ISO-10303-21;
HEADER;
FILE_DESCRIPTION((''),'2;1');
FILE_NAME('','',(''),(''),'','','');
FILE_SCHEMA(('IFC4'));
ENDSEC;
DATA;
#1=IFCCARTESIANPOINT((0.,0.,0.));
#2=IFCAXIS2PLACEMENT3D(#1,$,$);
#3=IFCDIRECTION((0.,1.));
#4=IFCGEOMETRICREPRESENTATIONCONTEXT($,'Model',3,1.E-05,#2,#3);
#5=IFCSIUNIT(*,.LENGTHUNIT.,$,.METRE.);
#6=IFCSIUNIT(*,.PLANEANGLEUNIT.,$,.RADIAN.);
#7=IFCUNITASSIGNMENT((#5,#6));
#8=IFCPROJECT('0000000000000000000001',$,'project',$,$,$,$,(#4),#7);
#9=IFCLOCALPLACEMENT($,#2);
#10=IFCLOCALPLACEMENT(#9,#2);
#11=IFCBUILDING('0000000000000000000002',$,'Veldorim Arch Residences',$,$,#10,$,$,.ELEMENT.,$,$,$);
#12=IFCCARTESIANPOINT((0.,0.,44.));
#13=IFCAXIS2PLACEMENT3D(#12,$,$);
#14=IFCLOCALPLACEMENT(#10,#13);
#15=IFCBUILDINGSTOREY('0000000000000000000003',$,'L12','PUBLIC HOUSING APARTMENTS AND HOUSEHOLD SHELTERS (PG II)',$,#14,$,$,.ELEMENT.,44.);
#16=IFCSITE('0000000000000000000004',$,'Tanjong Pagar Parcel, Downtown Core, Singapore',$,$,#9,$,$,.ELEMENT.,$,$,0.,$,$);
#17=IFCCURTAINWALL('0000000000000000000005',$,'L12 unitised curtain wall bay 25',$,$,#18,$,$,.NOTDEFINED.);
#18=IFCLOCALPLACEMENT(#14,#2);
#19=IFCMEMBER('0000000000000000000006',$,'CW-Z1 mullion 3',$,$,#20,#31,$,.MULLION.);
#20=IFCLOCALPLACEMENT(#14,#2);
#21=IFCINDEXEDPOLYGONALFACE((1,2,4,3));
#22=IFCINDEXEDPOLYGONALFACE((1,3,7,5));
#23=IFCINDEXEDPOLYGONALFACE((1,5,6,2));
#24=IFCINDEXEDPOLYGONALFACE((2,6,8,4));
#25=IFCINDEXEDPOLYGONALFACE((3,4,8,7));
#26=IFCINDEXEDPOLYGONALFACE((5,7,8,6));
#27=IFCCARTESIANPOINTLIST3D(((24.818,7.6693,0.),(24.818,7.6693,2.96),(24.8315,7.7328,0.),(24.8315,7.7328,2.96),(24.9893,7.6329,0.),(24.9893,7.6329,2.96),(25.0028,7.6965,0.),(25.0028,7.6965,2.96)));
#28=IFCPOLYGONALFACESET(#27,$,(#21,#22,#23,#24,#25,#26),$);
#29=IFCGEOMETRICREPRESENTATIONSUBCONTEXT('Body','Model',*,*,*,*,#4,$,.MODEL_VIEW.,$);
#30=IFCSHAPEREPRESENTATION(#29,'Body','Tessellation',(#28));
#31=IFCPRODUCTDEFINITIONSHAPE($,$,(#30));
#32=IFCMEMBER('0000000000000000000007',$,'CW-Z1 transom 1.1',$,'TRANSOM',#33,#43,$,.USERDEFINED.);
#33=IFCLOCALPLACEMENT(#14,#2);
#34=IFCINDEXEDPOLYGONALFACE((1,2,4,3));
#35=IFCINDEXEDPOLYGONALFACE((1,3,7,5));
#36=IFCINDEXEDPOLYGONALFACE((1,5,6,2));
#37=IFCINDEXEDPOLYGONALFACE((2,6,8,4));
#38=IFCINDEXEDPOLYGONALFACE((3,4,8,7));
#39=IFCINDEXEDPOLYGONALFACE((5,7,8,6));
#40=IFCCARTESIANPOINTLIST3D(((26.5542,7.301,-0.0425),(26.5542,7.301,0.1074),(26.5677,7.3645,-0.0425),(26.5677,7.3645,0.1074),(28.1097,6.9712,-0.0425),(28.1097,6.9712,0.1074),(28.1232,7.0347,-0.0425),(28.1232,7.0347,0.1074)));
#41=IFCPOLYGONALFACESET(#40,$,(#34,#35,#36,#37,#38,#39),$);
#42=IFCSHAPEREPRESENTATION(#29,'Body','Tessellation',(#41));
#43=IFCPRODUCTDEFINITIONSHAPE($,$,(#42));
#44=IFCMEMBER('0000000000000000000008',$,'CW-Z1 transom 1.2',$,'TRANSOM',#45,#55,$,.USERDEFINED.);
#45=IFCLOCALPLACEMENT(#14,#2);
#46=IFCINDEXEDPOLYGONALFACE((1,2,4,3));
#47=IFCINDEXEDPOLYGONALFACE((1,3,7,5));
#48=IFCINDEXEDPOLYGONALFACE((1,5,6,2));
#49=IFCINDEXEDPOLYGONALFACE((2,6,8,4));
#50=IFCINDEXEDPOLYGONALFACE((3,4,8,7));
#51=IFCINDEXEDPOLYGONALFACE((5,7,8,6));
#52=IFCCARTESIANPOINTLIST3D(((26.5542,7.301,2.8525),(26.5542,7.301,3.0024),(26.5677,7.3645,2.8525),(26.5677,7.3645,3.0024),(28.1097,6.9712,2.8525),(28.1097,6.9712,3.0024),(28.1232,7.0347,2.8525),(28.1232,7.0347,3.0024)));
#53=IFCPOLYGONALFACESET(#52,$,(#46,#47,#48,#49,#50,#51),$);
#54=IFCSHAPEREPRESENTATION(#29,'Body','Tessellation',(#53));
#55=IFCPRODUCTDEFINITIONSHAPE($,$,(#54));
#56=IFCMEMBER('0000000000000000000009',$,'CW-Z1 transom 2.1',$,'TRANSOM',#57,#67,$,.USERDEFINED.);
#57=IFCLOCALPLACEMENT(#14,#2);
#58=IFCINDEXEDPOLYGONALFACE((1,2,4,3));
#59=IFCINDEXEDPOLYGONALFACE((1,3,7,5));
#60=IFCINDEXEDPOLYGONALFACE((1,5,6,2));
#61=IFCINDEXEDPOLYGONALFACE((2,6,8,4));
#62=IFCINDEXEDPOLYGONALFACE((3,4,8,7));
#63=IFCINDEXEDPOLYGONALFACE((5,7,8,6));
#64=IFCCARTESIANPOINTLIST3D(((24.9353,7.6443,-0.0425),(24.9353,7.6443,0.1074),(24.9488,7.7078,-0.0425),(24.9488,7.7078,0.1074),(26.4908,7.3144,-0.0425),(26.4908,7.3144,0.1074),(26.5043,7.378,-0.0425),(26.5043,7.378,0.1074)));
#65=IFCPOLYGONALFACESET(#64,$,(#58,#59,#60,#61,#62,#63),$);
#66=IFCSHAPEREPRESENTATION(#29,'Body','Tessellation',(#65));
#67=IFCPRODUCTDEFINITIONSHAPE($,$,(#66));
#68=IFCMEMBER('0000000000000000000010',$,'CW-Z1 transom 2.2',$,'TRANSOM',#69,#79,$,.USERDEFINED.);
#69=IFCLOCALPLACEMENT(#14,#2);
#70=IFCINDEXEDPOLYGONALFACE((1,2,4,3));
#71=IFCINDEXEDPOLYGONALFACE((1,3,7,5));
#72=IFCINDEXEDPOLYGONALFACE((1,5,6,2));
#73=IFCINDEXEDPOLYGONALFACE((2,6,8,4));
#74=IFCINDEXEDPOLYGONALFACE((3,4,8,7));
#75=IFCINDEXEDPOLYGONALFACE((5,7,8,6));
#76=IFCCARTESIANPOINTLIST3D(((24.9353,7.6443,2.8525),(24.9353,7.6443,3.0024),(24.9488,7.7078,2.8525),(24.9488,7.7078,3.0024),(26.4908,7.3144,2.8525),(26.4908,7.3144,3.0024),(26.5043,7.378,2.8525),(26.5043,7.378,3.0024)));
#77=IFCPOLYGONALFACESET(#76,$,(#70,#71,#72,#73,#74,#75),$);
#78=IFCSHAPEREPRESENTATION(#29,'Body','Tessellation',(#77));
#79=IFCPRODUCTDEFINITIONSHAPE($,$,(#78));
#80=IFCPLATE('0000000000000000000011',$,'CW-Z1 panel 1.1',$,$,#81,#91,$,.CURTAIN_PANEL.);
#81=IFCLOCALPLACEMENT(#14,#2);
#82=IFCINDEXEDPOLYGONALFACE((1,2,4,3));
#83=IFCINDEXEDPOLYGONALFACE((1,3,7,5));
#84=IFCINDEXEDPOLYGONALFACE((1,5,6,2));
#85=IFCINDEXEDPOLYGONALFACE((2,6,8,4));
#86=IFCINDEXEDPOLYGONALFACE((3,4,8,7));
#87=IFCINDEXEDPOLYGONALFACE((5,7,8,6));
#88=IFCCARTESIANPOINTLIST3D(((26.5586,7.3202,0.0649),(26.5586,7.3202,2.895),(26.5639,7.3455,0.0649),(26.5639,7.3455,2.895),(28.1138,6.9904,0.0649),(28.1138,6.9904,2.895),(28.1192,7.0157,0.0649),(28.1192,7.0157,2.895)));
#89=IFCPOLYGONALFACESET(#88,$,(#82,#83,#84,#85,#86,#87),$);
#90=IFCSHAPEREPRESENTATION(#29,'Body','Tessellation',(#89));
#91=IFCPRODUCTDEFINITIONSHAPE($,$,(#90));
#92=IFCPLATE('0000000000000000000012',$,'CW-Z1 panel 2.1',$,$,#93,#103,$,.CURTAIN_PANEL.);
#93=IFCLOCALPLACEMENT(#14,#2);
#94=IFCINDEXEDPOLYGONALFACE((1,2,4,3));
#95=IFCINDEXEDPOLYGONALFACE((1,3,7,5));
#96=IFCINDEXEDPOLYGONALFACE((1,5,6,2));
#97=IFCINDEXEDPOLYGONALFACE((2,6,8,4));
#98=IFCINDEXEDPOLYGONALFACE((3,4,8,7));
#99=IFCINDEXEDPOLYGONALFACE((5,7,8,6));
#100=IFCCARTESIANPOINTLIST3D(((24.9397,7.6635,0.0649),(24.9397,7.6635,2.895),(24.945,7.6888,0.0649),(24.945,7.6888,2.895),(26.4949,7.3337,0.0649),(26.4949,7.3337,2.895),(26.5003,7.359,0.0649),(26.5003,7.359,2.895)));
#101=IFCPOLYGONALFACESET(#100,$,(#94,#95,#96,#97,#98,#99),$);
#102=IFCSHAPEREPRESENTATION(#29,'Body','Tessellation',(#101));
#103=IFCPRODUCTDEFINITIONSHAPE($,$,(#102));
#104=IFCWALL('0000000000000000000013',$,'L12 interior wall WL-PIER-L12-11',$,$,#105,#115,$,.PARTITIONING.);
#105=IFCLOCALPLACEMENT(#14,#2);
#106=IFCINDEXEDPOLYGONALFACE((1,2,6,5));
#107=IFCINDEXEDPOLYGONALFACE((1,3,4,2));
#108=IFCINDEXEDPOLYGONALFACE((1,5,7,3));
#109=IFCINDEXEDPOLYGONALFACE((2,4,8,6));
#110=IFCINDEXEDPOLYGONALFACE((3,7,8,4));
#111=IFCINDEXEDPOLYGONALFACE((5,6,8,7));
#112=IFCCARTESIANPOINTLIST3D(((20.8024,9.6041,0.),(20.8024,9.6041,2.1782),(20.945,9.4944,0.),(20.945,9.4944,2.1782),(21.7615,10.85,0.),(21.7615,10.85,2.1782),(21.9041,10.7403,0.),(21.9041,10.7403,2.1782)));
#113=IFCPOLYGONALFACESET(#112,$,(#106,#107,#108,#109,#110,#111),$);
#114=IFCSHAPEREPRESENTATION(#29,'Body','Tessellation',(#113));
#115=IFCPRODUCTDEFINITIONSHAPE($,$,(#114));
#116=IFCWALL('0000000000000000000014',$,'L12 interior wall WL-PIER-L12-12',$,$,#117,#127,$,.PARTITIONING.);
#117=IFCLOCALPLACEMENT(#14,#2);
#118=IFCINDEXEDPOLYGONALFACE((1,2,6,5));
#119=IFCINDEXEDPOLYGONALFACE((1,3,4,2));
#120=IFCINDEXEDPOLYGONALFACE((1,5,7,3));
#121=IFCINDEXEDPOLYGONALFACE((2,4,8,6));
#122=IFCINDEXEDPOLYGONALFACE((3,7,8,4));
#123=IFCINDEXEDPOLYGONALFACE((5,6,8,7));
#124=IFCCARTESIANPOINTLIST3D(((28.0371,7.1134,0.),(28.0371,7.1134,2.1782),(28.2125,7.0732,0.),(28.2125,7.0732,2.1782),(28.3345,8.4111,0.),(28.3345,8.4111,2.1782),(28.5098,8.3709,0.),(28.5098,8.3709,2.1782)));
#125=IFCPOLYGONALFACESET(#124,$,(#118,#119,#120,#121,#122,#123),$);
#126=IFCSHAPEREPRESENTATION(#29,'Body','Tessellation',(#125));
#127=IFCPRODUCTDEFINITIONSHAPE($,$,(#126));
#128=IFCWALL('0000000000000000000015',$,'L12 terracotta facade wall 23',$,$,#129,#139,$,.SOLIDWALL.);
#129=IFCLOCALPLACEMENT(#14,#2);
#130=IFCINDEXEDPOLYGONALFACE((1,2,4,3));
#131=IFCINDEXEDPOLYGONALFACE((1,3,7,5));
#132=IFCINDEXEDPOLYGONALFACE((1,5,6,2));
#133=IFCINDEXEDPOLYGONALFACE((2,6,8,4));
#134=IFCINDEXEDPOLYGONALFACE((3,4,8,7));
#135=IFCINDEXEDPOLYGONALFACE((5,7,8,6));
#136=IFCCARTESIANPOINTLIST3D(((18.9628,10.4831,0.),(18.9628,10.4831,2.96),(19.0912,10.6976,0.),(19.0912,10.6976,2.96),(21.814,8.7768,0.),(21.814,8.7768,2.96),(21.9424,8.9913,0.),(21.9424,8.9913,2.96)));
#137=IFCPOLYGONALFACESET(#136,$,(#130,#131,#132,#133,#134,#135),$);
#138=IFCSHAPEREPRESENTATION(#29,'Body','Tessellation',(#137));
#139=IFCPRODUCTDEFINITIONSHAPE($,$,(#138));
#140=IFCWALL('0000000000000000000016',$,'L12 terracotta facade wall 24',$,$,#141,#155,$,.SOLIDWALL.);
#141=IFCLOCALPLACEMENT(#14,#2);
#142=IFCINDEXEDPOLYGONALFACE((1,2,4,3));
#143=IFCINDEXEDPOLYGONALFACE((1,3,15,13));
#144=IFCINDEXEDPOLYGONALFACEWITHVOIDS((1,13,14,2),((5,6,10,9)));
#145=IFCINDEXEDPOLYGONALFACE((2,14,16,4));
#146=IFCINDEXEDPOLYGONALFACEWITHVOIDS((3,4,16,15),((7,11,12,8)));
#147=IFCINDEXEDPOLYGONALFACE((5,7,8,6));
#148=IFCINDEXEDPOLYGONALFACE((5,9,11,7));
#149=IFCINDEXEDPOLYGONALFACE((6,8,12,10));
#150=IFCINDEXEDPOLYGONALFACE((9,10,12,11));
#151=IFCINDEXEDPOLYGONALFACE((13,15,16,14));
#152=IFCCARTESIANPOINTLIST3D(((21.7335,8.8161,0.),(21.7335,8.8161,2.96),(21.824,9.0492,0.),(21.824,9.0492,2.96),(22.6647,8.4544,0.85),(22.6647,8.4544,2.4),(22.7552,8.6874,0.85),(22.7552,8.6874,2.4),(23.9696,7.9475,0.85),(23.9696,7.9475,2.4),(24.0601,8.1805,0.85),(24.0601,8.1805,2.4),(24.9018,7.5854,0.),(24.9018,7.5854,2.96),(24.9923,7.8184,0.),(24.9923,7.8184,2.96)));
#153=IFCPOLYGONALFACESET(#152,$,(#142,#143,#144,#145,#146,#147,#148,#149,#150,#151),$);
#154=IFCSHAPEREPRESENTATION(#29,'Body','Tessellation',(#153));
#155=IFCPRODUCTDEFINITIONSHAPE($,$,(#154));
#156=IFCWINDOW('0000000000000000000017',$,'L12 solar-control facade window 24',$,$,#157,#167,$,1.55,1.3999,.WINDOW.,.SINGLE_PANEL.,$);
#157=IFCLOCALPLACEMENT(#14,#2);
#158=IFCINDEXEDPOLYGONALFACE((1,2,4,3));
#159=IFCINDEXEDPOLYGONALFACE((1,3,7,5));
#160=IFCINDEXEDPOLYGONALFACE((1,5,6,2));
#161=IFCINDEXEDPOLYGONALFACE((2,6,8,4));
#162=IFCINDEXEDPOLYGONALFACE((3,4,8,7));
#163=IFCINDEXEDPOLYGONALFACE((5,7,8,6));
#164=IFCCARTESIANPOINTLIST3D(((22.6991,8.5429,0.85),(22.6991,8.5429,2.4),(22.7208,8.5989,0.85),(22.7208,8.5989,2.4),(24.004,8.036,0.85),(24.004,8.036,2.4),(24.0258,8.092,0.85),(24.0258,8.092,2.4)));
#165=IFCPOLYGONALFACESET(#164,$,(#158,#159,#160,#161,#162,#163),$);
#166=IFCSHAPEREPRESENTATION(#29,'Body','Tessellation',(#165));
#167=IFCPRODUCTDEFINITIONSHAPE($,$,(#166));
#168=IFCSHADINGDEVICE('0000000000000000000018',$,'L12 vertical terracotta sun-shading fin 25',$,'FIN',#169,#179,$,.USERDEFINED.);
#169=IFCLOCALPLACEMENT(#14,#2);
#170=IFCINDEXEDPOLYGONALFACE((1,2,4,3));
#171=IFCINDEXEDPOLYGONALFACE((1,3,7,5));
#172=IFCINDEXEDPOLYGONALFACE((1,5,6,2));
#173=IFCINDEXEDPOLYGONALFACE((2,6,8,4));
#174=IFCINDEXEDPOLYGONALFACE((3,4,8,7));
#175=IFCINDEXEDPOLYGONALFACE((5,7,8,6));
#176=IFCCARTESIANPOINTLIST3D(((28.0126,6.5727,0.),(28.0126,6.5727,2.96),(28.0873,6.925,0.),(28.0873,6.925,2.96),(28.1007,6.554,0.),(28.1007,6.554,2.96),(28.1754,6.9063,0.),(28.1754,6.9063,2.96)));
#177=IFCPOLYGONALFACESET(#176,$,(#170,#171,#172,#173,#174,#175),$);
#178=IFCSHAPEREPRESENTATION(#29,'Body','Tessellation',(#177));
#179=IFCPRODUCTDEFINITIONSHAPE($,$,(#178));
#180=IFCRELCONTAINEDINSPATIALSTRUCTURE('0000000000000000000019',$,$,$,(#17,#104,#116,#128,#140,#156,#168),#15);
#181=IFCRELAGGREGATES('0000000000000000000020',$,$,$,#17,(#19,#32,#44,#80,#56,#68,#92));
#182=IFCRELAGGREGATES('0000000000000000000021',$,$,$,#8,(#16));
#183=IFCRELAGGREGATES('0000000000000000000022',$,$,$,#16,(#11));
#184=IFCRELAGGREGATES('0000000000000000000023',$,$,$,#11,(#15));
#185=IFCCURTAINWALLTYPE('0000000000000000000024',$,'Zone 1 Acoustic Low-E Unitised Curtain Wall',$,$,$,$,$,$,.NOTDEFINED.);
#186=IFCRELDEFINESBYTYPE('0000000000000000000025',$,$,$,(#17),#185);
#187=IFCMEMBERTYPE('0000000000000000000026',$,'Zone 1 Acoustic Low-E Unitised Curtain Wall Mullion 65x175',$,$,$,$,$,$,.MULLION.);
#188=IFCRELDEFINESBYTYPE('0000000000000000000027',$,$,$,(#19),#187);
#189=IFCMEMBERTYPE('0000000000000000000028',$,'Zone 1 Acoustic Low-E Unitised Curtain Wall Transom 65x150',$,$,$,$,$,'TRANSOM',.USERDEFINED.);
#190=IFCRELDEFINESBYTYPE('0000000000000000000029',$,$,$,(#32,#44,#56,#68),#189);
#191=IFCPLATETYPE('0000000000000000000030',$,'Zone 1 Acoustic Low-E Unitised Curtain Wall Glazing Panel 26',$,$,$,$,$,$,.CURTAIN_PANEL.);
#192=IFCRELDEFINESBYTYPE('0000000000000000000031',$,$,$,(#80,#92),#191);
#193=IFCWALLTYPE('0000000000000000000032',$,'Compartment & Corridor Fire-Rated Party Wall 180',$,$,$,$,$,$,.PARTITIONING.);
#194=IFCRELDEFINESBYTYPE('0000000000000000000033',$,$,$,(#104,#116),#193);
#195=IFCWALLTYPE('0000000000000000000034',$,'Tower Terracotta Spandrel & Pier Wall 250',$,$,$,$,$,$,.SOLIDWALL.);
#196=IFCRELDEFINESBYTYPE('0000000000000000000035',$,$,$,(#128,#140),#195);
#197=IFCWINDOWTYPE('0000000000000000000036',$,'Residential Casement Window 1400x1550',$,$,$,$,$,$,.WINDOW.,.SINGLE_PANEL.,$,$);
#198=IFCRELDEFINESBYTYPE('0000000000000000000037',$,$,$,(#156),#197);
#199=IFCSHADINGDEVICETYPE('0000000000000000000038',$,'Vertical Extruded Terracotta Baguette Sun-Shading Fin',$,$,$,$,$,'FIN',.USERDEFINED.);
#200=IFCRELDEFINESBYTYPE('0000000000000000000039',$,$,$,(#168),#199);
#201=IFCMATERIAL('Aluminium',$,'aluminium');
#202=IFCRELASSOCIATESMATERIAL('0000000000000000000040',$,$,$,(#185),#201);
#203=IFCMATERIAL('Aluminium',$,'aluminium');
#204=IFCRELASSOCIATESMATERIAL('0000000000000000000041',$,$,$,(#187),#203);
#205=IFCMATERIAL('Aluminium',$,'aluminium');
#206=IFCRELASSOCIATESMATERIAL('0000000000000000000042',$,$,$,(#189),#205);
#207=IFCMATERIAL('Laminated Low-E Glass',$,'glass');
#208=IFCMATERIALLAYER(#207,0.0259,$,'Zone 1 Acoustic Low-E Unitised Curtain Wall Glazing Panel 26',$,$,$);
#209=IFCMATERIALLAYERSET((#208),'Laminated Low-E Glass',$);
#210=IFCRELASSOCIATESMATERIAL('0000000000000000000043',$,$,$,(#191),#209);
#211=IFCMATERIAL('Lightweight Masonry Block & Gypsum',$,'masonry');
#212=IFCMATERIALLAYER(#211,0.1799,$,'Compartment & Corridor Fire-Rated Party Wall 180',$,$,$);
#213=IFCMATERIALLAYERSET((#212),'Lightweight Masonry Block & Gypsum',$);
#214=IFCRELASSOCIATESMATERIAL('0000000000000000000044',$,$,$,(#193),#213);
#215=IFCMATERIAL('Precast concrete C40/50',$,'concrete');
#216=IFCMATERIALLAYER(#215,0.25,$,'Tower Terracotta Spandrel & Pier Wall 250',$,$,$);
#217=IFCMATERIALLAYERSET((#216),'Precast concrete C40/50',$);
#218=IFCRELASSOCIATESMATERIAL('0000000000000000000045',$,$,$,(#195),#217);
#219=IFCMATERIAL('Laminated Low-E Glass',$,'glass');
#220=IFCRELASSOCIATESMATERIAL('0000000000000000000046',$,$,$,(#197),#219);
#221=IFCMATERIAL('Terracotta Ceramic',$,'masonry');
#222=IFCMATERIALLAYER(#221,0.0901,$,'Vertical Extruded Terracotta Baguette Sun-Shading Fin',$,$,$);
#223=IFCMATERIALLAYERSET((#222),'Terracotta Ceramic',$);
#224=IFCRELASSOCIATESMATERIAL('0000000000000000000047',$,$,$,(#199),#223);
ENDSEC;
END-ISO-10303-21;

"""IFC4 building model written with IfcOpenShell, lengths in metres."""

from ifc_helpers import new_model, si_unit, direction, frame, frame_2d, origin, origin_2d, place, context, subcontext, project, spatial, rectangle, extrude, material, layer, layer_set, material_profile, profile_set, type_object, element, fill, aggregate, save


model = new_model("IFC4")

# Units and contexts
model_context = context("Model", 3, precision=1e-05, world=origin(), true_north=direction((0.0, 1.0)))
body_context = subcontext(model_context, "Body", "Model", "MODEL_VIEW")
ifc_project = project(units=[si_unit("LENGTHUNIT", "METRE"), si_unit("PLANEANGLEUNIT", "RADIAN")], contexts=[model_context])

# Site, building, storey
site_placement = place(None, origin())
site = spatial("IfcSite", under=ifc_project, at=site_placement, Name="Tanjong Pagar Parcel, Downtown Core, Singapore", CompositionType="ELEMENT", RefElevation=0.0)
building_placement = place(site_placement, origin())
building = spatial("IfcBuilding", under=site, at=building_placement, Name="Veldorim Arch Residences", CompositionType="ELEMENT")
storey_placement = place(building_placement, frame((0.0, 0.0, 44.0)))
storey = spatial("IfcBuildingStorey", under=building, at=storey_placement, Name="L12", Description="PUBLIC HOUSING APARTMENTS AND HOUSEHOLD SHELTERS (PG II)", CompositionType="ELEMENT", Elevation=44.0)

# Shared definitions
ifc_material_1 = material(Name="Aluminium", Category="aluminium")
curtain_wall_type = type_object("IfcCurtainWallType", Name="Zone 1 Acoustic Low-E Unitised Curtain Wall", PredefinedType="NOTDEFINED", material=ifc_material_1)
ifc_material_2 = material(Name="Aluminium", Category="aluminium")
ifc_material_profile_1 = material_profile(ifc_material_2, rectangle(XDim=0.0649, YDim=0.175, at=origin_2d()), Name="ALU_MUL_65x175")
ifc_profile_set_1 = profile_set([ifc_material_profile_1], Name="Aluminium")
member_type_1 = type_object("IfcMemberType", Name="Zone 1 Acoustic Low-E Unitised Curtain Wall Mullion 65x175", PredefinedType="MULLION", material=ifc_profile_set_1)

# Curtain wall, members, plates
curtain_wall_1_placement = place(storey_placement, origin())
curtain_wall_1 = element("IfcCurtainWall", 1, at=curtain_wall_1_placement, inside=storey, type_object=curtain_wall_type, Name="L12 unitised curtain wall bay 25", PredefinedType="NOTDEFINED")
member_1_placement = place(storey_placement, frame((24.9104, 7.6829, 0.0), z_axis=(0.0, 0.0, 1.0), x_axis=(-0.207442, -0.978247, 0.0)))
member_1 = element("IfcMember", 2, at=member_1_placement, type_object=member_type_1, Name="CW-Z1 mullion 3", PredefinedType="MULLION", context=body_context, shape_type="SweptSolid", body=[
    extrude(rectangle(XDim=0.0649, YDim=0.175, at=origin_2d()), origin(), (0.0, 0.0, 1.0), 2.96),
])
ifc_material_3 = material(Name="Aluminium", Category="aluminium")
ifc_material_profile_2 = material_profile(ifc_material_3, rectangle(XDim=0.0649, YDim=0.1499, at=origin_2d()), Name="ALU_TRN_65x150")
ifc_profile_set_2 = profile_set([ifc_material_profile_2], Name="Aluminium")
member_type_2 = type_object("IfcMemberType", Name="Zone 1 Acoustic Low-E Unitised Curtain Wall Transom 65x150", ElementType="TRANSOM", PredefinedType="USERDEFINED", material=ifc_profile_set_2)
member_2_placement = place(storey_placement, frame((28.1165, 7.0029, 0.0325), z_axis=(-0.978247, 0.207442, 0.0), x_axis=(-0.207442, -0.978247, 0.0)))
member_2 = element("IfcMember", 3, at=member_2_placement, type_object=member_type_2, Name="CW-Z1 transom 1.1", ObjectType="TRANSOM", PredefinedType="USERDEFINED", context=body_context, shape_type="SweptSolid", body=[
    extrude(rectangle(XDim=0.0649, YDim=0.1499, at=origin_2d()), origin(), (0.0, 0.0, 1.0), 1.5901),
])
member_3_placement = place(storey_placement, frame((28.1165, 7.0029, 2.9275), z_axis=(-0.978247, 0.207442, 0.0), x_axis=(-0.207442, -0.978247, 0.0)))
member_3 = element("IfcMember", 4, at=member_3_placement, type_object=member_type_2, Name="CW-Z1 transom 1.2", ObjectType="TRANSOM", PredefinedType="USERDEFINED", context=body_context, shape_type="SweptSolid", body=[
    extrude(rectangle(XDim=0.0649, YDim=0.1499, at=origin_2d()), origin(), (0.0, 0.0, 1.0), 1.5901),
])
member_4_placement = place(storey_placement, frame((26.4976, 7.3462, 0.0325), z_axis=(-0.978247, 0.207442, 0.0), x_axis=(-0.207442, -0.978247, 0.0)))
member_4 = element("IfcMember", 5, at=member_4_placement, type_object=member_type_2, Name="CW-Z1 transom 2.1", ObjectType="TRANSOM", PredefinedType="USERDEFINED", context=body_context, shape_type="SweptSolid", body=[
    extrude(rectangle(XDim=0.0649, YDim=0.1499, at=origin_2d()), origin(), (0.0, 0.0, 1.0), 1.5901),
])
member_5_placement = place(storey_placement, frame((26.4976, 7.3462, 2.9275), z_axis=(-0.978247, 0.207442, 0.0), x_axis=(-0.207442, -0.978247, 0.0)))
member_5 = element("IfcMember", 6, at=member_5_placement, type_object=member_type_2, Name="CW-Z1 transom 2.2", ObjectType="TRANSOM", PredefinedType="USERDEFINED", context=body_context, shape_type="SweptSolid", body=[
    extrude(rectangle(XDim=0.0649, YDim=0.1499, at=origin_2d()), origin(), (0.0, 0.0, 1.0), 1.5901),
])
ifc_material_4 = material(Name="Laminated Low-E Glass", Category="glass")
ifc_layer_1 = layer(ifc_material_4, 0.0259, Name="Zone 1 Acoustic Low-E Unitised Curtain Wall Glazing Panel 26")
ifc_layer_set_1 = layer_set([ifc_layer_1], Name="Laminated Low-E Glass")
plate_type = type_object("IfcPlateType", Name="Zone 1 Acoustic Low-E Unitised Curtain Wall Glazing Panel 26", PredefinedType="CURTAIN_PANEL", material=ifc_layer_set_1)
plate_1_placement = place(storey_placement, frame((27.3389, 7.168, 0.0649), z_axis=(0.0, 0.0, 1.0), x_axis=(-0.978247, 0.207442, 0.0)))
plate_1 = element("IfcPlate", 7, at=plate_1_placement, type_object=plate_type, Name="CW-Z1 panel 1.1", PredefinedType="CURTAIN_PANEL", context=body_context, shape_type="SweptSolid", body=[
    extrude(rectangle(XDim=1.5898, YDim=0.0259, at=origin_2d()), origin(), (0.0, 0.0, 1.0), 2.8301),
])
plate_2_placement = place(storey_placement, frame((25.72, 7.5112, 0.0649), z_axis=(0.0, 0.0, 1.0), x_axis=(-0.978247, 0.207442, 0.0)))
plate_2 = element("IfcPlate", 8, at=plate_2_placement, type_object=plate_type, Name="CW-Z1 panel 2.1", PredefinedType="CURTAIN_PANEL", context=body_context, shape_type="SweptSolid", body=[
    extrude(rectangle(XDim=1.5898, YDim=0.0259, at=origin_2d()), origin(), (0.0, 0.0, 1.0), 2.8301),
])
aggregate(curtain_wall_1, [member_1, member_2, member_3, plate_1, member_4, member_5, plate_2])

# Walls
ifc_material_5 = material(Name="Lightweight Masonry Block & Gypsum", Category="masonry")
ifc_layer_2 = layer(ifc_material_5, 0.1799, Name="Compartment & Corridor Fire-Rated Party Wall 180")
ifc_layer_set_2 = layer_set([ifc_layer_2], Name="Lightweight Masonry Block & Gypsum")
wall_type_1 = type_object("IfcWallType", Name="Compartment & Corridor Fire-Rated Party Wall 180", PredefinedType="PARTITIONING", material=ifc_layer_set_2)
wall_1_placement = place(storey_placement, frame((21.8328, 10.7952, 0.0), z_axis=(0.0, 0.0, 1.0), x_axis=(-0.609966, -0.792428, 0.0)))
element("IfcWall", 9, at=wall_1_placement, inside=storey, type_object=wall_type_1, Name="L12 interior wall WL-PIER-L12-11", PredefinedType="PARTITIONING", context=body_context, shape_type="SweptSolid", body=[
    extrude(rectangle(XDim=1.5723, YDim=0.1799, at=frame_2d((0.7861, 0.0))), origin(), (0.0, 0.0, 1.0), 2.1782),
])
wall_2_placement = place(storey_placement, frame((28.4221, 8.3909, 0.0), z_axis=(0.0, 0.0, 1.0), x_axis=(-0.223373, -0.974733, 0.0)))
element("IfcWall", 10, at=wall_2_placement, inside=storey, type_object=wall_type_1, Name="L12 interior wall WL-PIER-L12-12", PredefinedType="PARTITIONING", context=body_context, shape_type="SweptSolid", body=[
    extrude(rectangle(XDim=1.3313, YDim=0.1799, at=frame_2d((0.6655, 0.0))), origin(), (0.0, 0.0, 1.0), 2.1782),
])
ifc_material_6 = material(Name="Precast concrete C40/50", Category="concrete")
ifc_layer_3 = layer(ifc_material_6, 0.25, Name="Tower Terracotta Spandrel & Pier Wall 250")
ifc_layer_set_3 = layer_set([ifc_layer_3], Name="Precast concrete C40/50")
wall_type_2 = type_object("IfcWallType", Name="Tower Terracotta Spandrel & Pier Wall 250", PredefinedType="SOLIDWALL", material=ifc_layer_set_3)
wall_3_placement = place(storey_placement, frame((21.8782, 8.884, 0.0), z_axis=(0.0, 0.0, 1.0), x_axis=(-0.858069, 0.513534, 0.0)))
element("IfcWall", 11, at=wall_3_placement, inside=storey, type_object=wall_type_2, Name="L12 terracotta facade wall 23", PredefinedType="SOLIDWALL", context=body_context, shape_type="SweptSolid", body=[
    extrude(rectangle(XDim=3.3228, YDim=0.25, at=frame_2d((1.6614, 0.0))), origin(), (0.0, 0.0, 1.0), 2.96),
])

# Wall, opening, window
wall_4_placement = place(storey_placement, frame((24.947, 7.7019, 0.0), z_axis=(0.0, 0.0, 1.0), x_axis=(-0.932141, 0.362096, 0.0)))
wall_4 = element("IfcWall", 12, at=wall_4_placement, inside=storey, type_object=wall_type_2, Name="L12 terracotta facade wall 24", PredefinedType="SOLIDWALL", context=body_context, shape_type="SweptSolid", body=[
    extrude(rectangle(XDim=3.3989, YDim=0.25, at=frame_2d((1.6995, 0.0))), origin(), (0.0, 0.0, 1.0), 2.96),
])
opening_placement = place(wall_4_placement, frame((1.0, 0.0, 0.8501)))
opening = element("IfcOpeningElement", 13, at=opening_placement, cuts=wall_4, PredefinedType="OPENING", context=body_context, shape_type="SweptSolid", body=[
    extrude(rectangle(XDim=1.3999, YDim=1.55, at=frame_2d((0.7, 0.7749))), frame((0.0, 0.135, 0.0), z_axis=(0.0, -1.0, 0.0), x_axis=(1.0, 0.0, 0.0)), (0.0, 0.0, 1.0), 0.27),
])
ifc_material_7 = material(Name="Laminated Low-E Glass", Category="glass")
window_type = type_object("IfcWindowType", Name="Residential Casement Window 1400x1550", PartitioningType="SINGLE_PANEL", PredefinedType="WINDOW", material=ifc_material_7)
window_placement = place(opening_placement, origin())
window = element("IfcWindow", 14, at=window_placement, inside=storey, type_object=window_type, Name="L12 solar-control facade window 24", OverallHeight=1.55, OverallWidth=1.3999, PartitioningType="SINGLE_PANEL", PredefinedType="WINDOW", context=body_context, shape_type="SweptSolid", body=[
    extrude(rectangle(XDim=1.3999, YDim=1.55, at=frame_2d((0.7, 0.7749))), frame((0.0, 0.03, 0.0), z_axis=(0.0, -1.0, 0.0), x_axis=(1.0, 0.0, 0.0)), (0.0, 0.0, 1.0), 0.0601),
])
fill(opening, window)

# Shading device
ifc_material_8 = material(Name="Terracotta Ceramic", Category="masonry")
ifc_layer_4 = layer(ifc_material_8, 0.0901, Name="Vertical Extruded Terracotta Baguette Sun-Shading Fin")
ifc_layer_set_4 = layer_set([ifc_layer_4], Name="Terracotta Ceramic")
shading_device_type = type_object("IfcShadingDeviceType", Name="Vertical Extruded Terracotta Baguette Sun-Shading Fin", ElementType="FIN", PredefinedType="USERDEFINED", material=ifc_layer_set_4)
shading_device_placement = place(storey_placement, frame((28.094, 6.7395, 0.0), z_axis=(0.0, 0.0, 1.0), x_axis=(-0.978256, 0.2074, 0.0)))
element("IfcShadingDevice", 15, at=shading_device_placement, inside=storey, type_object=shading_device_type, Name="L12 vertical terracotta sun-shading fin 25", ObjectType="FIN", PredefinedType="USERDEFINED", context=body_context, shape_type="SweptSolid", body=[
    extrude(rectangle(XDim=0.0901, YDim=0.3601, at=origin_2d()), origin(), (0.0, 0.0, 1.0), 2.96),
])

save(model, "model.ifc")
